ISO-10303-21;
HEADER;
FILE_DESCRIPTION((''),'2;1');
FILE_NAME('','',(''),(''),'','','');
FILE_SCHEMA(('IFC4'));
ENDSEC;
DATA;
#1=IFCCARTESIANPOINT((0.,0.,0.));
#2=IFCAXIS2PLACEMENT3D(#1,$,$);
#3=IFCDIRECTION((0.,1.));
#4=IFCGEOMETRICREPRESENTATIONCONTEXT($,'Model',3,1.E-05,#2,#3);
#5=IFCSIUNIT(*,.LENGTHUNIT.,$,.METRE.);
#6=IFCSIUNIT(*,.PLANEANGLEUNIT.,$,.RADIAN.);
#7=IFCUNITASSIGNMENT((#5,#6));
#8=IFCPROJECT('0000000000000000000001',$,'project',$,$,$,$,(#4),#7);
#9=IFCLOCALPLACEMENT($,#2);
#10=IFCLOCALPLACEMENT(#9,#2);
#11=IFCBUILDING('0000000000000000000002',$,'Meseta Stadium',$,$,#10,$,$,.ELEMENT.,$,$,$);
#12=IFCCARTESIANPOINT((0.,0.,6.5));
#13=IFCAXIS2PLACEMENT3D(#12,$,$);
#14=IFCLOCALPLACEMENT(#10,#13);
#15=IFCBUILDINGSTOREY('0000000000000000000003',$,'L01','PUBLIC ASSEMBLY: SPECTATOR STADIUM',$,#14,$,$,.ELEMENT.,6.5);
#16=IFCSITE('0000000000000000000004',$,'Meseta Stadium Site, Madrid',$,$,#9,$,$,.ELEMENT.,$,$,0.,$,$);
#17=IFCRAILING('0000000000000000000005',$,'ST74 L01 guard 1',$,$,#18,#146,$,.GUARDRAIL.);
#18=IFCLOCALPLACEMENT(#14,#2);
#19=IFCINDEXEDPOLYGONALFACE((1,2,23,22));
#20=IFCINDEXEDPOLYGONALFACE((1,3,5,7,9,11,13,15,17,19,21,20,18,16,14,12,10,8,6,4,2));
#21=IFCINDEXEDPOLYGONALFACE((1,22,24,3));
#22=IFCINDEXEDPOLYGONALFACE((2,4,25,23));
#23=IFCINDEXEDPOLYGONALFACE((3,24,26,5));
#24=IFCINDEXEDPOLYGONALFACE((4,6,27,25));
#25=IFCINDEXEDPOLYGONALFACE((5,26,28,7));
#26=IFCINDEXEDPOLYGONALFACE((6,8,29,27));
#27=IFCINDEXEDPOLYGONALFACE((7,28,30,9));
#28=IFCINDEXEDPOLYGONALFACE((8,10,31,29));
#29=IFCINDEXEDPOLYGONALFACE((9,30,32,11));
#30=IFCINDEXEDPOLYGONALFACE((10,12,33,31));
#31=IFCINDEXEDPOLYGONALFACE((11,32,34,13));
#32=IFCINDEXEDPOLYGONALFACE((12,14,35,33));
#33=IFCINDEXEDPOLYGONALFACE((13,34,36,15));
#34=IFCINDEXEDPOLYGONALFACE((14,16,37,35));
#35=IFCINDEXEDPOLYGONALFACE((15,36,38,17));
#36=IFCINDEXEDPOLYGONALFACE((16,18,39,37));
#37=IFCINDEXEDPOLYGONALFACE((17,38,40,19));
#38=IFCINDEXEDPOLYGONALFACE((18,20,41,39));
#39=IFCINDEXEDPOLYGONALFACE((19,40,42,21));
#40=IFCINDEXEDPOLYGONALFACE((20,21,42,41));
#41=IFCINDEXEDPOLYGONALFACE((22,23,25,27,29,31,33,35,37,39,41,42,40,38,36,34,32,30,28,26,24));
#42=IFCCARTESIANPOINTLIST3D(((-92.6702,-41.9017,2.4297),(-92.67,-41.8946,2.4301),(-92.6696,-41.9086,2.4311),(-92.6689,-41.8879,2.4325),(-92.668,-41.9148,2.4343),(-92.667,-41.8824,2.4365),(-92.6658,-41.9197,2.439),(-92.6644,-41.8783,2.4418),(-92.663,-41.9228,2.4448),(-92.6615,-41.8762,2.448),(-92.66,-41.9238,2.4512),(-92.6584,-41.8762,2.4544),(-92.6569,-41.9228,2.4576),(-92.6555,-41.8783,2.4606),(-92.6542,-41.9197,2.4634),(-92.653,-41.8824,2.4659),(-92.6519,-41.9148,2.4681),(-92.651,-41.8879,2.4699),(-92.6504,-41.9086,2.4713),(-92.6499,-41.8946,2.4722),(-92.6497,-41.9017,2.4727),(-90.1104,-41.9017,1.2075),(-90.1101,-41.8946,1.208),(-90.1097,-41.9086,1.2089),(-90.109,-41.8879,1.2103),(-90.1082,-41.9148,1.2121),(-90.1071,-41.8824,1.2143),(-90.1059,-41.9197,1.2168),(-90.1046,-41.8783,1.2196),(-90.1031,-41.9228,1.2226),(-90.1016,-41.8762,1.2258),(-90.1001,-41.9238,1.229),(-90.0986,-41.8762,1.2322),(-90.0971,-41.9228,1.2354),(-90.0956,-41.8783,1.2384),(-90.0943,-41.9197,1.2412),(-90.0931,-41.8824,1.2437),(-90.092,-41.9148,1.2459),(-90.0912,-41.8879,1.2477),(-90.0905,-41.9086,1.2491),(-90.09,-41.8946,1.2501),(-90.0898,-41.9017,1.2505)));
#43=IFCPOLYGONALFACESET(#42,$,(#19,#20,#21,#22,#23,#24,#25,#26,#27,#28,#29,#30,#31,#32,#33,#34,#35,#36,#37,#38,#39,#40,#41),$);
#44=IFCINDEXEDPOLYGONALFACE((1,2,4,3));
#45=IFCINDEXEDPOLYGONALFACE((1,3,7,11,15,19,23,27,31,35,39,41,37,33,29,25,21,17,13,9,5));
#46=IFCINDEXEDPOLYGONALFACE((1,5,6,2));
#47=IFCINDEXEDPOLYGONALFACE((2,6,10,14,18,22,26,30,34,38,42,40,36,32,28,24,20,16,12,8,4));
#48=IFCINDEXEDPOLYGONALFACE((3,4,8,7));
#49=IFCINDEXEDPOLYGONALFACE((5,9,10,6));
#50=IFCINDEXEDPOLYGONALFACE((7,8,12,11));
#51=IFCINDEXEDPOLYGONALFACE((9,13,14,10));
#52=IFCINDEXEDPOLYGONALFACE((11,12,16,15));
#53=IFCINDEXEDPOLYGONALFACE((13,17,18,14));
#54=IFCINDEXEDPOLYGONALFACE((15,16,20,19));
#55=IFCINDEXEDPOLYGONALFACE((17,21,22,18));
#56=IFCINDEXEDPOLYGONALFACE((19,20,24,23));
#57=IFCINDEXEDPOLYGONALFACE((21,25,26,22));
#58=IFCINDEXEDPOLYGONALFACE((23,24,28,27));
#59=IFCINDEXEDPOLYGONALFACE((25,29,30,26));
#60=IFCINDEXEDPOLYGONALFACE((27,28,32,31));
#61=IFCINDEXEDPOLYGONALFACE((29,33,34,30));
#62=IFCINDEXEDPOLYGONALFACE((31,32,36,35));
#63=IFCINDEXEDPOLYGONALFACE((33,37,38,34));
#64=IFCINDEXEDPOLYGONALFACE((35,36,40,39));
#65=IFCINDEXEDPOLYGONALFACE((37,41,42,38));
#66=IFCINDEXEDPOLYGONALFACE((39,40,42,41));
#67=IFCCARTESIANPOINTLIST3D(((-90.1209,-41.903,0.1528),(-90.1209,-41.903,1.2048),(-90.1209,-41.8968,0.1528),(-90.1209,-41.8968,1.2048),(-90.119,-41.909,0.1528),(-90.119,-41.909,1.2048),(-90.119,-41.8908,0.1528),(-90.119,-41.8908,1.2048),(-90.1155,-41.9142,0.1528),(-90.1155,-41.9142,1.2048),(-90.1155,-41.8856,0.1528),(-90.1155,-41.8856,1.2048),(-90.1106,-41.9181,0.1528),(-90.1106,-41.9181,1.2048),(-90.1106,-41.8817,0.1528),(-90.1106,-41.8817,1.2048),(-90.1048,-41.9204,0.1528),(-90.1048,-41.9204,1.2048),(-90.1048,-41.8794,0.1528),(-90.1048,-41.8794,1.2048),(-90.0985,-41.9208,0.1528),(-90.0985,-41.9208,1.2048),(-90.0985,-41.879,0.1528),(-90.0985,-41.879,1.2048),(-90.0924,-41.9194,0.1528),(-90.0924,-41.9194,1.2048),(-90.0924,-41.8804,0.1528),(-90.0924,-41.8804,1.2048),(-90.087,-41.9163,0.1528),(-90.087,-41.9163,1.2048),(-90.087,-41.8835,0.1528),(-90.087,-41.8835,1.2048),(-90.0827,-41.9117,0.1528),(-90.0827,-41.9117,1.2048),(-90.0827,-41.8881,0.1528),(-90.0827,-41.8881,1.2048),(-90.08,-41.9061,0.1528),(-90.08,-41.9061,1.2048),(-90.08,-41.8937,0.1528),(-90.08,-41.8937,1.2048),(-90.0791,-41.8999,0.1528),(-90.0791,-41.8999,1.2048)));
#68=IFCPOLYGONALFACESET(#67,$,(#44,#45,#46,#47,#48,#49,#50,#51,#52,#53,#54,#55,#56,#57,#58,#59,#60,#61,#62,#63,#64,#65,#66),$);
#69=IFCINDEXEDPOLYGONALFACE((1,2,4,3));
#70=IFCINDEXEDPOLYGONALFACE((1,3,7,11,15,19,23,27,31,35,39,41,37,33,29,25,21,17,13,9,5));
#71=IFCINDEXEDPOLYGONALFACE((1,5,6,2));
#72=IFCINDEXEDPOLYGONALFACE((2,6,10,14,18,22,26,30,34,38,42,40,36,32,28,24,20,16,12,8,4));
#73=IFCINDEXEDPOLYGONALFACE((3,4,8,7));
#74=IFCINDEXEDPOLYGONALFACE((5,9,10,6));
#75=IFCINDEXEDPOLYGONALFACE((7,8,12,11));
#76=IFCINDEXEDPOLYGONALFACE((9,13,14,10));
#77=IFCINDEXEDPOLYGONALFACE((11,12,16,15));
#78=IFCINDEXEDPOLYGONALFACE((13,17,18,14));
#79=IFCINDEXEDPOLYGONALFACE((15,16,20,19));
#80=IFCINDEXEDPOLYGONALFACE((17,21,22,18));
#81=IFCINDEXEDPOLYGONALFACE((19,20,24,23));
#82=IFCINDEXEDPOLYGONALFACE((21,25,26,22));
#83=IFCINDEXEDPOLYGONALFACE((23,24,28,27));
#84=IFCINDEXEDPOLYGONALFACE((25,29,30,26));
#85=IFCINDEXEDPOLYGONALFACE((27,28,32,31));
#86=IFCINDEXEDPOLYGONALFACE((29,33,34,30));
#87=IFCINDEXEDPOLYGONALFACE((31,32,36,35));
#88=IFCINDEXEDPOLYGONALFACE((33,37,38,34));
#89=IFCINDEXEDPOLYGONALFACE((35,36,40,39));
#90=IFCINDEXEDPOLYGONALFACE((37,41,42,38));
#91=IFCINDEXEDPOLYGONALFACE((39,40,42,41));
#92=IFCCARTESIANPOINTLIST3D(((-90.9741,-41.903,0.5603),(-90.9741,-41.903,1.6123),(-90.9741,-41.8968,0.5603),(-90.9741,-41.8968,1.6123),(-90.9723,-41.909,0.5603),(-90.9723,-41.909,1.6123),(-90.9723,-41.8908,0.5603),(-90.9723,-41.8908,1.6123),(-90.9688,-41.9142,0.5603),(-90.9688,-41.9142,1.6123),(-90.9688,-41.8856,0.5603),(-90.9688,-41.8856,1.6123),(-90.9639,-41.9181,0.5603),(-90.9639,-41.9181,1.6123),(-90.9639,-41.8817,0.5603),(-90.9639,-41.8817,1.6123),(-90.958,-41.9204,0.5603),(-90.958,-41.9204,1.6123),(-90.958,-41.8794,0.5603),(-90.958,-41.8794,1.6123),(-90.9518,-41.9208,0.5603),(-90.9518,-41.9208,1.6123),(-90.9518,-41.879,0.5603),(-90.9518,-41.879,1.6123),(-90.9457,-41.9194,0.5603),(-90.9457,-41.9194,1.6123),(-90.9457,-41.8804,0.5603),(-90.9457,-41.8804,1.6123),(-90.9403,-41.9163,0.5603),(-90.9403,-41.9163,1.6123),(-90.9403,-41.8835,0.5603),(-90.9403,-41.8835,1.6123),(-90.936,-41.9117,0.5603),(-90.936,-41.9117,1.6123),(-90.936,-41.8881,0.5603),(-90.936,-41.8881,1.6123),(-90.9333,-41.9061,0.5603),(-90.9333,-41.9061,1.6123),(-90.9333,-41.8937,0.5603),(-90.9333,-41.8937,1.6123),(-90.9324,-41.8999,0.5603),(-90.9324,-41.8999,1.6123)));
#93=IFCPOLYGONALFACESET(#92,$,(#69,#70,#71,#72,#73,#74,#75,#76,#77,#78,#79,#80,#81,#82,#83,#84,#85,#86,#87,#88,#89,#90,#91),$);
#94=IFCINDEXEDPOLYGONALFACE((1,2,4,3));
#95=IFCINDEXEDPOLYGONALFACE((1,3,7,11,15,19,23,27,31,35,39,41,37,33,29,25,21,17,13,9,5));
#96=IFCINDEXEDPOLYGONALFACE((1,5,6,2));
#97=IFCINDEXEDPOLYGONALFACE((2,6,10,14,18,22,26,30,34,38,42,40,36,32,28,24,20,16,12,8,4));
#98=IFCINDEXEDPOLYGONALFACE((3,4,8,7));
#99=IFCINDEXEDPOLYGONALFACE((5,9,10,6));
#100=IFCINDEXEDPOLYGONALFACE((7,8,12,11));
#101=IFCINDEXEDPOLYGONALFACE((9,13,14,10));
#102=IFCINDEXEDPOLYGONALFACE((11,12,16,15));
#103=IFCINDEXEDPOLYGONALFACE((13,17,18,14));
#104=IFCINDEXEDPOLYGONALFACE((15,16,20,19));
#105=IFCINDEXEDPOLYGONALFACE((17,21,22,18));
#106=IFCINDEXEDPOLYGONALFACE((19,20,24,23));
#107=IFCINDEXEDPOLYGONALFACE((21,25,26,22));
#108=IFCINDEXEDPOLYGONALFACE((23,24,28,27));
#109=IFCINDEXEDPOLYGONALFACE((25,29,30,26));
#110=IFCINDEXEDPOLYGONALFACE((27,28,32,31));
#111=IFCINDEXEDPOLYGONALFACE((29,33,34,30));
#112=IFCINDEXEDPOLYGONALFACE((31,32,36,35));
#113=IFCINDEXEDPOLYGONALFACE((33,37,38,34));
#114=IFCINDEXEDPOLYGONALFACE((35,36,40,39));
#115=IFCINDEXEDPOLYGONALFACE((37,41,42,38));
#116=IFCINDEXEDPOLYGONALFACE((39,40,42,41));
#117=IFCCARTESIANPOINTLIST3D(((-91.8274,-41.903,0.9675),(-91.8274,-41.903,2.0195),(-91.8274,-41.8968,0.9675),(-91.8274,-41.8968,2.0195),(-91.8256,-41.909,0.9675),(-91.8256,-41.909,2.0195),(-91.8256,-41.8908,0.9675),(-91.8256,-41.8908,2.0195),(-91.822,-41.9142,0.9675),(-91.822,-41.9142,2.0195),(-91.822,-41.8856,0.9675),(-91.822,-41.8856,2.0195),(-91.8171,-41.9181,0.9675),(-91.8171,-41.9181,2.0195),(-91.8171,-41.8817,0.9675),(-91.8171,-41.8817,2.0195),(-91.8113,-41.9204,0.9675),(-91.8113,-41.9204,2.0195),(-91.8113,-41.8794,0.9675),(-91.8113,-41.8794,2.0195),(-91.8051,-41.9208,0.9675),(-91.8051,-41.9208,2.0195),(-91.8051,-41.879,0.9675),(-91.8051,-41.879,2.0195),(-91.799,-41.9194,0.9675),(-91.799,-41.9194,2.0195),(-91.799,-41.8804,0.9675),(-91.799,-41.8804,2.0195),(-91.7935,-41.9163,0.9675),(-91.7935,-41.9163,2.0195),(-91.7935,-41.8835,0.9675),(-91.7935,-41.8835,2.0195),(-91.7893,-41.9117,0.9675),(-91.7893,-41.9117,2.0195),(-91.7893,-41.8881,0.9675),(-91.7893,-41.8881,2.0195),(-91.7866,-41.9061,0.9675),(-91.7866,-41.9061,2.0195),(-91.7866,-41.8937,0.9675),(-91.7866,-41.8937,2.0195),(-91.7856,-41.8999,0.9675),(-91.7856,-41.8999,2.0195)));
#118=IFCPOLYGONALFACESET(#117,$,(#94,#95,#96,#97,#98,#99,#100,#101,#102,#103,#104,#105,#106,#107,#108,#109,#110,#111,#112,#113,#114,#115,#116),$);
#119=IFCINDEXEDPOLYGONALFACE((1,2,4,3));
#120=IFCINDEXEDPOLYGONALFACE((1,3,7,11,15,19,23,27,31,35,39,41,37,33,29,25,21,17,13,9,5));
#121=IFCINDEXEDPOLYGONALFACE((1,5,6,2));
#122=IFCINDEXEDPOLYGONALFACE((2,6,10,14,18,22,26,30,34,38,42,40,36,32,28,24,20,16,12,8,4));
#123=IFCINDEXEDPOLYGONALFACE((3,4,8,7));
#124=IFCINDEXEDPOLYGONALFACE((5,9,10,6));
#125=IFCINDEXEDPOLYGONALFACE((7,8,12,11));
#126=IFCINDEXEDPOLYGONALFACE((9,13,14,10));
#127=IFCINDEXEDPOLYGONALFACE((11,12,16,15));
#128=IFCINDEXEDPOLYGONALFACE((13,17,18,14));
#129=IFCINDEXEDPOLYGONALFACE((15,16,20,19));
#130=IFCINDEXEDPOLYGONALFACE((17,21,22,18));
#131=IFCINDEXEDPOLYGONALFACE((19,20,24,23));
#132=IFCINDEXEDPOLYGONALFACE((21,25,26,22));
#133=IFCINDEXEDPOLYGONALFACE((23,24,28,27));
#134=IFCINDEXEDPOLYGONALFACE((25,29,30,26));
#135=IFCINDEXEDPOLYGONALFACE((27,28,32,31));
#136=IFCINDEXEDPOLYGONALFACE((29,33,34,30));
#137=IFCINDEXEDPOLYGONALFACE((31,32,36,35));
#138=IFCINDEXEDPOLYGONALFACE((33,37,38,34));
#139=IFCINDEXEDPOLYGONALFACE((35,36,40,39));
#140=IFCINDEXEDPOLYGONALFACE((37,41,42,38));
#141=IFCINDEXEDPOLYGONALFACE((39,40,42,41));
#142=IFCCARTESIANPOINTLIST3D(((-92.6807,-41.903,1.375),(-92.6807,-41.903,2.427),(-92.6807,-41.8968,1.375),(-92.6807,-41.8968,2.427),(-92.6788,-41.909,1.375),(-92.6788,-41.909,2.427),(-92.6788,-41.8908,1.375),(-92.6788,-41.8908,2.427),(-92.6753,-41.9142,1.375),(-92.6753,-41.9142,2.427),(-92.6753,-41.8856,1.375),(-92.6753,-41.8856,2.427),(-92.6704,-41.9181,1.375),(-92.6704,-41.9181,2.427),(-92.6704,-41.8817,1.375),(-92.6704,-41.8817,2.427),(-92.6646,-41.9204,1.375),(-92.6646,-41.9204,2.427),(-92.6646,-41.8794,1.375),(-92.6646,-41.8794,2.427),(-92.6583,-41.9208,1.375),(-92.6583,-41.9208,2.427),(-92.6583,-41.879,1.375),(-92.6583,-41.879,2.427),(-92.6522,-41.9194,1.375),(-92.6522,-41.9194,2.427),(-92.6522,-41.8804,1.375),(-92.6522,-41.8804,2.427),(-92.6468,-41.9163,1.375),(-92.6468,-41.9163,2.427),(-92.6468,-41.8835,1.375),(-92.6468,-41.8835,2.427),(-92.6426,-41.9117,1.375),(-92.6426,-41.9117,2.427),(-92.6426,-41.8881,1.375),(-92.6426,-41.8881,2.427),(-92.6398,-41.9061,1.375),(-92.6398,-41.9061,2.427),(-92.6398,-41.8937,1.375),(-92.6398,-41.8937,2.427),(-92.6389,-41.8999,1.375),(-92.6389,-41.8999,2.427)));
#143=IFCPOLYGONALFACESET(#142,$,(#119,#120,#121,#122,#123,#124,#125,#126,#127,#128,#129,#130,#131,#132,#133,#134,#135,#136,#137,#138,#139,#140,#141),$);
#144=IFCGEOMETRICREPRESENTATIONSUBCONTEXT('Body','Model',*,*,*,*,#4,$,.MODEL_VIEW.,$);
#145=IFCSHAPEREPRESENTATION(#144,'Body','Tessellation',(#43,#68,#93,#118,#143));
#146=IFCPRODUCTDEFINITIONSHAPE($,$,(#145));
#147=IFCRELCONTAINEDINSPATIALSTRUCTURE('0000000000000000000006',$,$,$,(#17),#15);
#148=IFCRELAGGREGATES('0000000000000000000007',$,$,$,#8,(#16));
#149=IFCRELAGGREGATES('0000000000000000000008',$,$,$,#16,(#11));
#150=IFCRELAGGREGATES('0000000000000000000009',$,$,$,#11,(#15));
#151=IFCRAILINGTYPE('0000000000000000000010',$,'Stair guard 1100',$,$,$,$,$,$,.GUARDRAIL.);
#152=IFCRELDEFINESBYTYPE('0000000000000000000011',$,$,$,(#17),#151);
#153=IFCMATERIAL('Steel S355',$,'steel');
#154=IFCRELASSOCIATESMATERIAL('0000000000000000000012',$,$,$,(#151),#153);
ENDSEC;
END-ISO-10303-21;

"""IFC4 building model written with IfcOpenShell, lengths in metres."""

from ifc_helpers import new_model, si_unit, direction, frame, origin, origin_2d, place, context, subcontext, project, spatial, circle, extrude, material, type_object, element, save


model = new_model("IFC4")

# Units and contexts
model_context = context("Model", 3, precision=1e-05, world=origin(), true_north=direction((0.0, 1.0)))
body_context = subcontext(model_context, "Body", "Model", "MODEL_VIEW")
ifc_project = project(units=[si_unit("LENGTHUNIT", "METRE"), si_unit("PLANEANGLEUNIT", "RADIAN")], contexts=[model_context])

# Site, building, storey
site_placement = place(None, origin())
site = spatial("IfcSite", under=ifc_project, at=site_placement, Name="Meseta Stadium Site, Madrid", CompositionType="ELEMENT", RefElevation=0.0)
building_placement = place(site_placement, origin())
building = spatial("IfcBuilding", under=site, at=building_placement, Name="Meseta Stadium", CompositionType="ELEMENT")
storey_placement = place(building_placement, frame((0.0, 0.0, 6.5)))
storey = spatial("IfcBuildingStorey", under=building, at=storey_placement, Name="L01", Description="PUBLIC ASSEMBLY: SPECTATOR STADIUM", CompositionType="ELEMENT", Elevation=6.5)

# Railing
ifc_material_1 = material(Name="Steel S355", Category="steel")
railing_type_1 = type_object("IfcRailingType", Name="Stair guard 1100", PredefinedType="GUARDRAIL", material=ifc_material_1)
railing_1_placement = place(storey_placement, frame((-90.1001, -41.8999, 0.1528)))
element("IfcRailing", 1, at=railing_1_placement, inside=storey, type_object=railing_type_1, Name="ST74 L01 guard 1", PredefinedType="GUARDRAIL", context=body_context, shape_type="SweptSolid", body=[
    extrude(circle(Radius=0.0239, at=origin_2d()), frame((0.0, 0.0, 1.0762), z_axis=(-0.902421, 0.0, 0.430855), x_axis=(0.0, -1.0, 0.0)), (0.0, 0.0, 1.0), 2.8367),
    extrude(circle(Radius=0.021, at=origin_2d()), origin(), (0.0, 0.0, 1.0), 1.052),
    extrude(circle(Radius=0.021, at=origin_2d()), frame((-0.8533, 0.0, 0.4075)), (0.0, 0.0, 1.0), 1.052),
    extrude(circle(Radius=0.021, at=origin_2d()), frame((-1.7065, 0.0, 0.8147)), (0.0, 0.0, 1.0), 1.052),
    extrude(circle(Radius=0.021, at=origin_2d()), frame((-2.5598, 0.0, 1.2222)), (0.0, 0.0, 1.0), 1.052),
])

save(model, "model.ifc")
